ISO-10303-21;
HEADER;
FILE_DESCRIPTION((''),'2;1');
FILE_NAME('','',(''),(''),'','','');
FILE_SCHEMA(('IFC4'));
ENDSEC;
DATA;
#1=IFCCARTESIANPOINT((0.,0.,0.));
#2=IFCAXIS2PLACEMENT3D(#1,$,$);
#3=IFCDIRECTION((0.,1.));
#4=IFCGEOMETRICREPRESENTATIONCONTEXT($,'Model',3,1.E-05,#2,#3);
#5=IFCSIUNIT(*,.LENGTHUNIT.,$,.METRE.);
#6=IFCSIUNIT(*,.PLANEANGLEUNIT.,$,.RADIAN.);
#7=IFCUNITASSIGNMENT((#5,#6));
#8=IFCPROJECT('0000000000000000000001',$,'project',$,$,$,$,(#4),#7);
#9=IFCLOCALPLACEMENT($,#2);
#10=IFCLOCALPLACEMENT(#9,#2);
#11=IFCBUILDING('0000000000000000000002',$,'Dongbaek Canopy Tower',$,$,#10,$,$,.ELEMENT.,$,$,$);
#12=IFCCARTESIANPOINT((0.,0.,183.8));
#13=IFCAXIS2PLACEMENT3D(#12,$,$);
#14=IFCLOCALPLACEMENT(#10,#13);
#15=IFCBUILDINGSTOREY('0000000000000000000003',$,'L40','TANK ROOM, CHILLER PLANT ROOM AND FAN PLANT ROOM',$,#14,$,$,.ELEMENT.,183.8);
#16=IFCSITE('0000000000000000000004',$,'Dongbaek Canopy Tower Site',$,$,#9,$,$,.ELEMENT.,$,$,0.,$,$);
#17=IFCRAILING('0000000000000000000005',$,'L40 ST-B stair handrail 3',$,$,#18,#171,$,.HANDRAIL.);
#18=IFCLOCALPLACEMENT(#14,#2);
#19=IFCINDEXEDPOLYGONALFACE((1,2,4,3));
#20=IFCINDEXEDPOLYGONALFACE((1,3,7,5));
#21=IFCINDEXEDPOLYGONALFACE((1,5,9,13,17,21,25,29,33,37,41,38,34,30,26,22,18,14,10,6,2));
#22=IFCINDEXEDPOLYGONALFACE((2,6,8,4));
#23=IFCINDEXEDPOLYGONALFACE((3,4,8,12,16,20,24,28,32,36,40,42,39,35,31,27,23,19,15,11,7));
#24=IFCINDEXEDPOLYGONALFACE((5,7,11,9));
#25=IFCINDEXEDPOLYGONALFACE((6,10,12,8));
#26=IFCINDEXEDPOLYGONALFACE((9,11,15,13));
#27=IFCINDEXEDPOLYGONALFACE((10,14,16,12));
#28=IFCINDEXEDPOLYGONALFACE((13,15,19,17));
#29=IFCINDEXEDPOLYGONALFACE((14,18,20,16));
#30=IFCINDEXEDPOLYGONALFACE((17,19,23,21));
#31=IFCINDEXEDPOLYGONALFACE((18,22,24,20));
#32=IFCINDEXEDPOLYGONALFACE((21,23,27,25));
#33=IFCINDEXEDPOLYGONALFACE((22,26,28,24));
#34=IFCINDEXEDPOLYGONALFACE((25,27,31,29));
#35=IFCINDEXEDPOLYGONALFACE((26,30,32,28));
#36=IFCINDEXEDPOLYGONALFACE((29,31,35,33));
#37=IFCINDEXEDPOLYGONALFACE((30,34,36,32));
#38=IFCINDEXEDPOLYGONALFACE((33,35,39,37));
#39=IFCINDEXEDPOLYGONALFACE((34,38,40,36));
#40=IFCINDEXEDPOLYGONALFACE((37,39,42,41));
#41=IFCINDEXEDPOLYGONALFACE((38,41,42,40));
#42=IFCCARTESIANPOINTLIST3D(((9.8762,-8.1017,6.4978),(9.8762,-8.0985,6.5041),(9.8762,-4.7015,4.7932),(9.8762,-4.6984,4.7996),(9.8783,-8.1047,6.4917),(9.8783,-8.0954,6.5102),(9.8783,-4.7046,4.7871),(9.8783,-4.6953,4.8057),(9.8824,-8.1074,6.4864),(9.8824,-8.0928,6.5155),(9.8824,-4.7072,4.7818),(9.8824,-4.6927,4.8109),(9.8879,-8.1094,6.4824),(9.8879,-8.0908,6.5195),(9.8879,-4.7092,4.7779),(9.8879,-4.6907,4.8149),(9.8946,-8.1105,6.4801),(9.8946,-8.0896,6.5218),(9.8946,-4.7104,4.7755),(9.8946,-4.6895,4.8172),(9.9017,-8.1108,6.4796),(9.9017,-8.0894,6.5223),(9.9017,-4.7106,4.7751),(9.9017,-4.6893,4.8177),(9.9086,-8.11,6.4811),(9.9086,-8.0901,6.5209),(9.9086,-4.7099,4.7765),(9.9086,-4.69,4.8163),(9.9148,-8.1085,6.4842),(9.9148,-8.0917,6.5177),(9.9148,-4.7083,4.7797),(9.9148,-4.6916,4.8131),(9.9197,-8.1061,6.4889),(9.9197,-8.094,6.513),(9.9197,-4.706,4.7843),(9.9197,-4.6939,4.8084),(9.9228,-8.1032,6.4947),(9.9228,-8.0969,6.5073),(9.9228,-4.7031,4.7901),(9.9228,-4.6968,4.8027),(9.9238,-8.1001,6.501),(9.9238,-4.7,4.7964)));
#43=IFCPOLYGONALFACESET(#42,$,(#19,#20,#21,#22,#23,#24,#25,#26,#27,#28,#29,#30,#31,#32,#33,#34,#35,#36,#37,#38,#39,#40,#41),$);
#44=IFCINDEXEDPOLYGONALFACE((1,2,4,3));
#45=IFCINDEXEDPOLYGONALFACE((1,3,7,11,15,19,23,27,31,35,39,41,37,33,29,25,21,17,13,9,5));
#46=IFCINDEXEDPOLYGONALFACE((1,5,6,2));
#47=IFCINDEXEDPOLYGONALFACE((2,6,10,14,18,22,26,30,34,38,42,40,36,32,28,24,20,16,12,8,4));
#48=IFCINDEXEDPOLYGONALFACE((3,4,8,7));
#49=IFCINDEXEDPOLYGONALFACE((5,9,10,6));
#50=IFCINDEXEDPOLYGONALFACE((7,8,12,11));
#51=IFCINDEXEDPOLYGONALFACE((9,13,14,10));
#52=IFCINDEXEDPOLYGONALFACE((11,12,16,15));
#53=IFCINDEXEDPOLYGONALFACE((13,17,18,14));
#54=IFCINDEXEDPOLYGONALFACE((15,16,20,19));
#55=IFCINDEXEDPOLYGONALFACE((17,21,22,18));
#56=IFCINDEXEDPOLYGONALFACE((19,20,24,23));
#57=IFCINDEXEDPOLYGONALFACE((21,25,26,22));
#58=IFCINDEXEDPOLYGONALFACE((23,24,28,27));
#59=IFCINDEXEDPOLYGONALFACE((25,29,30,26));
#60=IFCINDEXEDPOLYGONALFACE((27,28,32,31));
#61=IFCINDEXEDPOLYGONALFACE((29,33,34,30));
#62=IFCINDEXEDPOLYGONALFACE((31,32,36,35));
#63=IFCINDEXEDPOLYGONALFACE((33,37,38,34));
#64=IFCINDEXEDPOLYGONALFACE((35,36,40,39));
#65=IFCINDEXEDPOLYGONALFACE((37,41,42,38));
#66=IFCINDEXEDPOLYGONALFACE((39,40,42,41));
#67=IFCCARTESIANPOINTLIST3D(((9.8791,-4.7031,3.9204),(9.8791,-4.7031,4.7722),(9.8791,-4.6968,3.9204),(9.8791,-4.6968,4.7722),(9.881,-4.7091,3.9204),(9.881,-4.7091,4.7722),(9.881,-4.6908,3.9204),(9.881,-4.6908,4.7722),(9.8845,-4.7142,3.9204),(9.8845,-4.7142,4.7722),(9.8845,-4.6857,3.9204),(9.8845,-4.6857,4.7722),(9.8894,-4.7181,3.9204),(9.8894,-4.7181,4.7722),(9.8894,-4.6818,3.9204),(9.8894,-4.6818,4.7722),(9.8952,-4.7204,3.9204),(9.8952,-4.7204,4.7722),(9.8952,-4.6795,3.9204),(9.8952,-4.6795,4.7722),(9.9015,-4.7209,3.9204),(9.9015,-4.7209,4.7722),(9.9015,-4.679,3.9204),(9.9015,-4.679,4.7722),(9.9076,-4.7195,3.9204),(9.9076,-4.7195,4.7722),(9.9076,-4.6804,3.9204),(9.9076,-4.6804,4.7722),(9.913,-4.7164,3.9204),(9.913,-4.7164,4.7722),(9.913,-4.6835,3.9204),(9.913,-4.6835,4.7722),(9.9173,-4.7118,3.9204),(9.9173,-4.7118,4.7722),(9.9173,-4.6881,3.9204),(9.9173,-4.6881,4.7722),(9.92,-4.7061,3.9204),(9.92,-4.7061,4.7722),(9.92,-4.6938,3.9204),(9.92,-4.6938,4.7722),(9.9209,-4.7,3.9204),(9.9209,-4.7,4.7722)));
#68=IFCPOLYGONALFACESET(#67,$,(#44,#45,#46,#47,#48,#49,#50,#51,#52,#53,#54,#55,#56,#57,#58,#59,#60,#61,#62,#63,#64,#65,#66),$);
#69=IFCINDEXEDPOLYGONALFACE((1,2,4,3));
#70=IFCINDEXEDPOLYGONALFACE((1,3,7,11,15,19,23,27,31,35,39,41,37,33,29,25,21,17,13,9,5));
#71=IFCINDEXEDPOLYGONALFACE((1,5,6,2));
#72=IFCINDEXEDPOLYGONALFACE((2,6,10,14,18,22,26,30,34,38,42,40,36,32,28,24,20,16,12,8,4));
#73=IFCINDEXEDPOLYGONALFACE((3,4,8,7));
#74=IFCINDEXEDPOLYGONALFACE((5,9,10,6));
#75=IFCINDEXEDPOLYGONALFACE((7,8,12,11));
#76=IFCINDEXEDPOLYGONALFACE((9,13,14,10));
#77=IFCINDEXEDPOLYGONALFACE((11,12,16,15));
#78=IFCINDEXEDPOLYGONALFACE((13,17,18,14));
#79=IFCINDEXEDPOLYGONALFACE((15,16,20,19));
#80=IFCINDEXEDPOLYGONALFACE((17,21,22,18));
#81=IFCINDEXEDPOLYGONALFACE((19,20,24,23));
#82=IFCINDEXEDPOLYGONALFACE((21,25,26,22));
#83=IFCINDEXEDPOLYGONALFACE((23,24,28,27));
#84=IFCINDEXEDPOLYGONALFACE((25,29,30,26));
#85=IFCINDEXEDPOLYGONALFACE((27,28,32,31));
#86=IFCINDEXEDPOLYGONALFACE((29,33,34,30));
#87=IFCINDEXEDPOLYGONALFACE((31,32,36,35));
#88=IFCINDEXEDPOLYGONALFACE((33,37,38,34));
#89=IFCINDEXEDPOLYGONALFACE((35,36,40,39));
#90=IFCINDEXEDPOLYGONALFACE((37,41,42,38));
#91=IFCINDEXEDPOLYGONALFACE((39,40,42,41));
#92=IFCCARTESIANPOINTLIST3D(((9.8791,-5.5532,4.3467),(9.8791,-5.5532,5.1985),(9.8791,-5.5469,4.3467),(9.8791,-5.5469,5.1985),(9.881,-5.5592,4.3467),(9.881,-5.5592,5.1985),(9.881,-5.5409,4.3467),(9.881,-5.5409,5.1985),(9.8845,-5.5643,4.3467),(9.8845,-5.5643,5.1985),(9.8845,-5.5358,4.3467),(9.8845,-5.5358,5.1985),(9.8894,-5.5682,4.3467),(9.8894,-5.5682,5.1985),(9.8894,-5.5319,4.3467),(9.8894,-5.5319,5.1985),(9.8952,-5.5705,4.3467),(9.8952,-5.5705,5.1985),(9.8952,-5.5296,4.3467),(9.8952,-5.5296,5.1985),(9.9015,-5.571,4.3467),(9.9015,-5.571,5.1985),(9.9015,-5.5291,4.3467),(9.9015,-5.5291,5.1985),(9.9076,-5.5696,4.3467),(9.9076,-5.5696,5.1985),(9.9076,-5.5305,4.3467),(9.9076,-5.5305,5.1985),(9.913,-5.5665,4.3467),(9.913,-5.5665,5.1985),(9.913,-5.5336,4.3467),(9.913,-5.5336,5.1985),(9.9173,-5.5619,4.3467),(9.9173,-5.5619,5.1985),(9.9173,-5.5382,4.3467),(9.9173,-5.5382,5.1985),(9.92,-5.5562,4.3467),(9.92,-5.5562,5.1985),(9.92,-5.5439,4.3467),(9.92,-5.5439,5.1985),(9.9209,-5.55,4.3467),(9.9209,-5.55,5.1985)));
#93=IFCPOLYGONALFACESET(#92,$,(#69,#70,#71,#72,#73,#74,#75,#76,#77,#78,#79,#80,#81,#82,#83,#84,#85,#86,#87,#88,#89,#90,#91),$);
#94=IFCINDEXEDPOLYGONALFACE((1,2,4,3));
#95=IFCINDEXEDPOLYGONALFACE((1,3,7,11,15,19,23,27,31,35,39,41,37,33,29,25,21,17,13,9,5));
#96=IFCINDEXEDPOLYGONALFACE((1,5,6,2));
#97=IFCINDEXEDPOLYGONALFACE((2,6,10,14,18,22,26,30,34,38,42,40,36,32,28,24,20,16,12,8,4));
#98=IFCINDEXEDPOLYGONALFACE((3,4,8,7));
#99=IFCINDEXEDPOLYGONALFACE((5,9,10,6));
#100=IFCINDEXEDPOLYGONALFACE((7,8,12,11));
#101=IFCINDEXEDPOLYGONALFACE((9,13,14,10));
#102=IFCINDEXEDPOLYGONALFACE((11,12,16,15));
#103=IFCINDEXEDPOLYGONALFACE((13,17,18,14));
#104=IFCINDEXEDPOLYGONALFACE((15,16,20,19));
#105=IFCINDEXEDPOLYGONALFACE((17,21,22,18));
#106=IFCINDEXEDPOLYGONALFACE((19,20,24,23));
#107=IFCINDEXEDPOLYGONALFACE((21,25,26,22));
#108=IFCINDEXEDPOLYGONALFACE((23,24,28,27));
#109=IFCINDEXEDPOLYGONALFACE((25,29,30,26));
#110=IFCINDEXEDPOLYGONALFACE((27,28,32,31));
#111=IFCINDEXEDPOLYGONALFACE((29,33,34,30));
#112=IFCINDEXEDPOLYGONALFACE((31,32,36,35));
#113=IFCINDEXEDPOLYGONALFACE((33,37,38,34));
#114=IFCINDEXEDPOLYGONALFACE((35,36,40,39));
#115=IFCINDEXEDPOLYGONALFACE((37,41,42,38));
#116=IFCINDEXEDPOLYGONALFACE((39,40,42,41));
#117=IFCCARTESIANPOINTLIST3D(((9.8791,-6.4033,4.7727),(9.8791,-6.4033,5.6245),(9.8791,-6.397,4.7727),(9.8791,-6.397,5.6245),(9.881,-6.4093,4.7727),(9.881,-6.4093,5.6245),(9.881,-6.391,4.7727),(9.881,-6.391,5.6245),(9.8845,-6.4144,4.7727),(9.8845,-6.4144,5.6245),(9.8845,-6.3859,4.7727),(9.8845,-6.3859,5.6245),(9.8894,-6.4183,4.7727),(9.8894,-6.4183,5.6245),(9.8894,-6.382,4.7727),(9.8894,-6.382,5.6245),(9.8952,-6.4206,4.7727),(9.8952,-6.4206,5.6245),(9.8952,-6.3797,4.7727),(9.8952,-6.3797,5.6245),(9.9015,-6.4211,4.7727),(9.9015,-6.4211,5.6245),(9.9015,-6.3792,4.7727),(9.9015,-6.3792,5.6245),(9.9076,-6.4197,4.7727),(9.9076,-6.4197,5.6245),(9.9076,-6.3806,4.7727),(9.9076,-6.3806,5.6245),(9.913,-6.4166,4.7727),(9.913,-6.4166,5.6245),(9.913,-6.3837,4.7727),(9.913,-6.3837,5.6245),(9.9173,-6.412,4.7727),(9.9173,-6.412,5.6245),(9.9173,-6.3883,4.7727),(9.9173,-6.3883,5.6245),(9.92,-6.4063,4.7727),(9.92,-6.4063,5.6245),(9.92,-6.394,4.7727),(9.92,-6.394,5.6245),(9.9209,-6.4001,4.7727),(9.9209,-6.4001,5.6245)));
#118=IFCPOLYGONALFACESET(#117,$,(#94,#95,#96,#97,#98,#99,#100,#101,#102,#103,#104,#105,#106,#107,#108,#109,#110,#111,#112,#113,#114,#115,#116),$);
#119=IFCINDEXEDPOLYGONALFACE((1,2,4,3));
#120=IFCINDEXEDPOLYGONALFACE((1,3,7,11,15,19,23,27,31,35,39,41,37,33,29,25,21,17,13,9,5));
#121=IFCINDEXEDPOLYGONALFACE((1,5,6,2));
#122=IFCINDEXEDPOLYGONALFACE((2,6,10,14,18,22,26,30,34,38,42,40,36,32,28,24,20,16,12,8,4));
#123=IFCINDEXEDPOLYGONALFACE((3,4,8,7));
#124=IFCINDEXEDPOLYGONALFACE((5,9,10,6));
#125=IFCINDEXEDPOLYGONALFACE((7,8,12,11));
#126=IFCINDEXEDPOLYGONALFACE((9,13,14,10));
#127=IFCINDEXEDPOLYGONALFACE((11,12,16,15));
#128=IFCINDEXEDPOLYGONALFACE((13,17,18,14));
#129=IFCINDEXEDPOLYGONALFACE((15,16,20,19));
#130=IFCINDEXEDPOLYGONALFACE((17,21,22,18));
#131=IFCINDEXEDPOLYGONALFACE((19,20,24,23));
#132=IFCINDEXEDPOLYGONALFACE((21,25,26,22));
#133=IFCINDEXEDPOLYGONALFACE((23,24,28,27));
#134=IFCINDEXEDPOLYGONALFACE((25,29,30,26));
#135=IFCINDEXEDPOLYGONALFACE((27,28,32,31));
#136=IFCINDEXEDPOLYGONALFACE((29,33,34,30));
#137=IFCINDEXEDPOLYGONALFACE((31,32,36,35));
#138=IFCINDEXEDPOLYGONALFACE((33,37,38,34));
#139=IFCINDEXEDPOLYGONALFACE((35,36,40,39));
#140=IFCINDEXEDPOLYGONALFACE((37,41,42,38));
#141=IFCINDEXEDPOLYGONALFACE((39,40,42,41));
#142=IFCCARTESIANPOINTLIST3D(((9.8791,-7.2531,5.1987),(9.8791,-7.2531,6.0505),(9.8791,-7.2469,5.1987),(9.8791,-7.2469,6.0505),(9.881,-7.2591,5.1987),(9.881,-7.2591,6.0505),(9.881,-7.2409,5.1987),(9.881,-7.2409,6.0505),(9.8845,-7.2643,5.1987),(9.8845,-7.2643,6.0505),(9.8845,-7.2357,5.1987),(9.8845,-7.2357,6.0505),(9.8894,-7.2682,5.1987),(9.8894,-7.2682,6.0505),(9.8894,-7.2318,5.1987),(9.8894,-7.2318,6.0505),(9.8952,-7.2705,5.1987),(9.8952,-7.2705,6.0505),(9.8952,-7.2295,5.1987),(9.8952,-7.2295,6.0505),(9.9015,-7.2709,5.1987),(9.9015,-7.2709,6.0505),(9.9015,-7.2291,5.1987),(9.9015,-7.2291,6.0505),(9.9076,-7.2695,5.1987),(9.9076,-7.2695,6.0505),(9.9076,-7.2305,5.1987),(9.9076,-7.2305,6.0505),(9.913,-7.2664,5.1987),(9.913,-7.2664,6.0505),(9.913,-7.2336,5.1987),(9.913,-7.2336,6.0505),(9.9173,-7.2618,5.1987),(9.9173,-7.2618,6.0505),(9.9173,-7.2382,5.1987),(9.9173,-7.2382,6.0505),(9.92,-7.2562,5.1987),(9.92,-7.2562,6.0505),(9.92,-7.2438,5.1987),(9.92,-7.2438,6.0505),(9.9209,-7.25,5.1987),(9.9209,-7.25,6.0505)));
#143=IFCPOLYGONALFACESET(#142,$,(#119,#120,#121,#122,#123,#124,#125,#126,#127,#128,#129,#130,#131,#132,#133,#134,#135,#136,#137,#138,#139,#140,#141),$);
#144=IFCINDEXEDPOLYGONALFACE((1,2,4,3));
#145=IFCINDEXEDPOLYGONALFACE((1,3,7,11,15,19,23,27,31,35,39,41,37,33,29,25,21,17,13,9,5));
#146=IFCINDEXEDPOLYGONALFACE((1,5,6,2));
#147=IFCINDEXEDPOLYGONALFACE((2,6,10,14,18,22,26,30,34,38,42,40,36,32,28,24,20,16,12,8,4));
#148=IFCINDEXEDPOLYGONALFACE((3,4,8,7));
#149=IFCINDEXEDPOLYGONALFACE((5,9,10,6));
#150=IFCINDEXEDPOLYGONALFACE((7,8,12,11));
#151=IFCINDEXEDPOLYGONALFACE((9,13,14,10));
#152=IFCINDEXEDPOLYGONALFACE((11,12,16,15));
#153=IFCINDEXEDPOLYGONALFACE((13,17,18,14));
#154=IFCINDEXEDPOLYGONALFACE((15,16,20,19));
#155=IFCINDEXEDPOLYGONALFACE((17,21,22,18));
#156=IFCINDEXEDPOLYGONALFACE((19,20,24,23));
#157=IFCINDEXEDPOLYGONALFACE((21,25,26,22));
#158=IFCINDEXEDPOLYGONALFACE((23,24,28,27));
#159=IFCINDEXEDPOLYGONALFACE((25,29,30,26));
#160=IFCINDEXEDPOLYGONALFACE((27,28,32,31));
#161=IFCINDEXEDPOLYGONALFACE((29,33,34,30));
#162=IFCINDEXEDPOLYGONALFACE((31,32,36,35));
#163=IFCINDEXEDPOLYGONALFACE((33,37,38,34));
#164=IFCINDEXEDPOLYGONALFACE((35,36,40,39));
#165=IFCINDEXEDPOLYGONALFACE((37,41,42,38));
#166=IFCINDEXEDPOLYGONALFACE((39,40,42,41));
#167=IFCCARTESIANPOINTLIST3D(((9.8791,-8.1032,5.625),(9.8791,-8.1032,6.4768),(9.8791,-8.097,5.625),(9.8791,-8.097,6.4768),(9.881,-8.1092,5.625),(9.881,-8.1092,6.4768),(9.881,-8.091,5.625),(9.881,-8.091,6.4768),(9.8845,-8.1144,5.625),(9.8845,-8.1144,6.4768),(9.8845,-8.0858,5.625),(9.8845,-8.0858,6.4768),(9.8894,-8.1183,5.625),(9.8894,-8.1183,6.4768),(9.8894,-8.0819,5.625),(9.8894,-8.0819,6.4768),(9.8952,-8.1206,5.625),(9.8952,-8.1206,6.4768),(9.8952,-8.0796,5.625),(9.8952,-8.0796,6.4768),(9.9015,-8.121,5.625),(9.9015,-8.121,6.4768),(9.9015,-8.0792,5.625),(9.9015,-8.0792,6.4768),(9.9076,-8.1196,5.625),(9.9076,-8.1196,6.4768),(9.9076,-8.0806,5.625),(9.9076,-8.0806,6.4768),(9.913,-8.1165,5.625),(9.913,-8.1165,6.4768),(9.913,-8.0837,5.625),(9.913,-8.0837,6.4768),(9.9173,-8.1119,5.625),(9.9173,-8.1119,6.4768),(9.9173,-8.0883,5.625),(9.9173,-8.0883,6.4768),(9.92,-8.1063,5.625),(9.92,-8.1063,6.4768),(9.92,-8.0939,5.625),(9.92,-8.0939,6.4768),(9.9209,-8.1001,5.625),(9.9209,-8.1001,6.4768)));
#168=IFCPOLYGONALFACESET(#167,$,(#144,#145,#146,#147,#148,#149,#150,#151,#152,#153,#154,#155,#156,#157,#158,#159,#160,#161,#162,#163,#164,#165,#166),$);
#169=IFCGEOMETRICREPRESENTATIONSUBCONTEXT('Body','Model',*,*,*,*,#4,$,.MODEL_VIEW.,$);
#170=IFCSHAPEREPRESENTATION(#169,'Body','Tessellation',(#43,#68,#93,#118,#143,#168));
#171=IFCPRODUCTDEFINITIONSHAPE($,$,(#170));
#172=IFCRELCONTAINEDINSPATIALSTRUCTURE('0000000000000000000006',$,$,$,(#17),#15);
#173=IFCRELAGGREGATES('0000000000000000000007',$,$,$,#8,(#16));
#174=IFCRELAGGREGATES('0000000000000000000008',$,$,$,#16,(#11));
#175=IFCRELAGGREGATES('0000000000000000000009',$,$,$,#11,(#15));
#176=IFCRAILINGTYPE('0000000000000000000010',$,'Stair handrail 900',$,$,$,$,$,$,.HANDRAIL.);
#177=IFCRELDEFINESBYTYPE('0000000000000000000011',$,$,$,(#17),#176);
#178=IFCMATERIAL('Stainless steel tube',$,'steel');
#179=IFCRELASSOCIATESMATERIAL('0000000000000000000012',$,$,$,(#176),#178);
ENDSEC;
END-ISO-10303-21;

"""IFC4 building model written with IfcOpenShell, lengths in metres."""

from ifc_helpers import new_model, si_unit, direction, frame, origin, origin_2d, place, context, subcontext, project, spatial, circle, extrude, material, type_object, element, save


model = new_model("IFC4")

# Units and contexts
model_context = context("Model", 3, precision=1e-05, world=origin(), true_north=direction((0.0, 1.0)))
body_context = subcontext(model_context, "Body", "Model", "MODEL_VIEW")
ifc_project = project(units=[si_unit("LENGTHUNIT", "METRE"), si_unit("PLANEANGLEUNIT", "RADIAN")], contexts=[model_context])

# Site, building, storey
site_placement = place(None, origin())
site = spatial("IfcSite", under=ifc_project, at=site_placement, Name="Dongbaek Canopy Tower Site", CompositionType="ELEMENT", RefElevation=0.0)
building_placement = place(site_placement, origin())
building = spatial("IfcBuilding", under=site, at=building_placement, Name="Dongbaek Canopy Tower", CompositionType="ELEMENT")
storey_placement = place(building_placement, frame((0.0, 0.0, 183.8)))
storey = spatial("IfcBuildingStorey", under=building, at=storey_placement, Name="L40", Description="TANK ROOM, CHILLER PLANT ROOM AND FAN PLANT ROOM", CompositionType="ELEMENT", Elevation=183.8)

# Railing
ifc_material_1 = material(Name="Stainless steel tube", Category="steel")
railing_type_1 = type_object("IfcRailingType", Name="Stair handrail 900", PredefinedType="HANDRAIL", material=ifc_material_1)
for number, where, name in (
    (1, (9.8999, -4.7, 3.9204), "L40 ST-B stair handrail 3"),
):
    element("IfcRailing", number, at=place(storey_placement, frame(where)), inside=storey, type_object=railing_type_1, Name=name, PredefinedType="HANDRAIL", context=body_context, shape_type="SweptSolid", body=[
        extrude(circle(Radius=0.0239, at=origin_2d()), frame((0.0, 0.0, 0.876), z_axis=(0.0, -0.893952, 0.448163), x_axis=(1.0, 0.0, 0.0)), (0.0, 0.0, 1.0), 3.8035),
        extrude(circle(Radius=0.021, at=origin_2d()), origin(), (0.0, 0.0, 1.0), 0.8518),
        extrude(circle(Radius=0.021, at=origin_2d()), frame((0.0, -0.8501, 0.4263)), (0.0, 0.0, 1.0), 0.8518),
        extrude(circle(Radius=0.021, at=origin_2d()), frame((0.0, -1.7002, 0.8523)), (0.0, 0.0, 1.0), 0.8518),
        extrude(circle(Radius=0.021, at=origin_2d()), frame((0.0, -2.55, 1.2783)), (0.0, 0.0, 1.0), 0.8518),
        extrude(circle(Radius=0.021, at=origin_2d()), frame((0.0, -3.4001, 1.7046)), (0.0, 0.0, 1.0), 0.8518),
    ])

save(model, "model.ifc")
